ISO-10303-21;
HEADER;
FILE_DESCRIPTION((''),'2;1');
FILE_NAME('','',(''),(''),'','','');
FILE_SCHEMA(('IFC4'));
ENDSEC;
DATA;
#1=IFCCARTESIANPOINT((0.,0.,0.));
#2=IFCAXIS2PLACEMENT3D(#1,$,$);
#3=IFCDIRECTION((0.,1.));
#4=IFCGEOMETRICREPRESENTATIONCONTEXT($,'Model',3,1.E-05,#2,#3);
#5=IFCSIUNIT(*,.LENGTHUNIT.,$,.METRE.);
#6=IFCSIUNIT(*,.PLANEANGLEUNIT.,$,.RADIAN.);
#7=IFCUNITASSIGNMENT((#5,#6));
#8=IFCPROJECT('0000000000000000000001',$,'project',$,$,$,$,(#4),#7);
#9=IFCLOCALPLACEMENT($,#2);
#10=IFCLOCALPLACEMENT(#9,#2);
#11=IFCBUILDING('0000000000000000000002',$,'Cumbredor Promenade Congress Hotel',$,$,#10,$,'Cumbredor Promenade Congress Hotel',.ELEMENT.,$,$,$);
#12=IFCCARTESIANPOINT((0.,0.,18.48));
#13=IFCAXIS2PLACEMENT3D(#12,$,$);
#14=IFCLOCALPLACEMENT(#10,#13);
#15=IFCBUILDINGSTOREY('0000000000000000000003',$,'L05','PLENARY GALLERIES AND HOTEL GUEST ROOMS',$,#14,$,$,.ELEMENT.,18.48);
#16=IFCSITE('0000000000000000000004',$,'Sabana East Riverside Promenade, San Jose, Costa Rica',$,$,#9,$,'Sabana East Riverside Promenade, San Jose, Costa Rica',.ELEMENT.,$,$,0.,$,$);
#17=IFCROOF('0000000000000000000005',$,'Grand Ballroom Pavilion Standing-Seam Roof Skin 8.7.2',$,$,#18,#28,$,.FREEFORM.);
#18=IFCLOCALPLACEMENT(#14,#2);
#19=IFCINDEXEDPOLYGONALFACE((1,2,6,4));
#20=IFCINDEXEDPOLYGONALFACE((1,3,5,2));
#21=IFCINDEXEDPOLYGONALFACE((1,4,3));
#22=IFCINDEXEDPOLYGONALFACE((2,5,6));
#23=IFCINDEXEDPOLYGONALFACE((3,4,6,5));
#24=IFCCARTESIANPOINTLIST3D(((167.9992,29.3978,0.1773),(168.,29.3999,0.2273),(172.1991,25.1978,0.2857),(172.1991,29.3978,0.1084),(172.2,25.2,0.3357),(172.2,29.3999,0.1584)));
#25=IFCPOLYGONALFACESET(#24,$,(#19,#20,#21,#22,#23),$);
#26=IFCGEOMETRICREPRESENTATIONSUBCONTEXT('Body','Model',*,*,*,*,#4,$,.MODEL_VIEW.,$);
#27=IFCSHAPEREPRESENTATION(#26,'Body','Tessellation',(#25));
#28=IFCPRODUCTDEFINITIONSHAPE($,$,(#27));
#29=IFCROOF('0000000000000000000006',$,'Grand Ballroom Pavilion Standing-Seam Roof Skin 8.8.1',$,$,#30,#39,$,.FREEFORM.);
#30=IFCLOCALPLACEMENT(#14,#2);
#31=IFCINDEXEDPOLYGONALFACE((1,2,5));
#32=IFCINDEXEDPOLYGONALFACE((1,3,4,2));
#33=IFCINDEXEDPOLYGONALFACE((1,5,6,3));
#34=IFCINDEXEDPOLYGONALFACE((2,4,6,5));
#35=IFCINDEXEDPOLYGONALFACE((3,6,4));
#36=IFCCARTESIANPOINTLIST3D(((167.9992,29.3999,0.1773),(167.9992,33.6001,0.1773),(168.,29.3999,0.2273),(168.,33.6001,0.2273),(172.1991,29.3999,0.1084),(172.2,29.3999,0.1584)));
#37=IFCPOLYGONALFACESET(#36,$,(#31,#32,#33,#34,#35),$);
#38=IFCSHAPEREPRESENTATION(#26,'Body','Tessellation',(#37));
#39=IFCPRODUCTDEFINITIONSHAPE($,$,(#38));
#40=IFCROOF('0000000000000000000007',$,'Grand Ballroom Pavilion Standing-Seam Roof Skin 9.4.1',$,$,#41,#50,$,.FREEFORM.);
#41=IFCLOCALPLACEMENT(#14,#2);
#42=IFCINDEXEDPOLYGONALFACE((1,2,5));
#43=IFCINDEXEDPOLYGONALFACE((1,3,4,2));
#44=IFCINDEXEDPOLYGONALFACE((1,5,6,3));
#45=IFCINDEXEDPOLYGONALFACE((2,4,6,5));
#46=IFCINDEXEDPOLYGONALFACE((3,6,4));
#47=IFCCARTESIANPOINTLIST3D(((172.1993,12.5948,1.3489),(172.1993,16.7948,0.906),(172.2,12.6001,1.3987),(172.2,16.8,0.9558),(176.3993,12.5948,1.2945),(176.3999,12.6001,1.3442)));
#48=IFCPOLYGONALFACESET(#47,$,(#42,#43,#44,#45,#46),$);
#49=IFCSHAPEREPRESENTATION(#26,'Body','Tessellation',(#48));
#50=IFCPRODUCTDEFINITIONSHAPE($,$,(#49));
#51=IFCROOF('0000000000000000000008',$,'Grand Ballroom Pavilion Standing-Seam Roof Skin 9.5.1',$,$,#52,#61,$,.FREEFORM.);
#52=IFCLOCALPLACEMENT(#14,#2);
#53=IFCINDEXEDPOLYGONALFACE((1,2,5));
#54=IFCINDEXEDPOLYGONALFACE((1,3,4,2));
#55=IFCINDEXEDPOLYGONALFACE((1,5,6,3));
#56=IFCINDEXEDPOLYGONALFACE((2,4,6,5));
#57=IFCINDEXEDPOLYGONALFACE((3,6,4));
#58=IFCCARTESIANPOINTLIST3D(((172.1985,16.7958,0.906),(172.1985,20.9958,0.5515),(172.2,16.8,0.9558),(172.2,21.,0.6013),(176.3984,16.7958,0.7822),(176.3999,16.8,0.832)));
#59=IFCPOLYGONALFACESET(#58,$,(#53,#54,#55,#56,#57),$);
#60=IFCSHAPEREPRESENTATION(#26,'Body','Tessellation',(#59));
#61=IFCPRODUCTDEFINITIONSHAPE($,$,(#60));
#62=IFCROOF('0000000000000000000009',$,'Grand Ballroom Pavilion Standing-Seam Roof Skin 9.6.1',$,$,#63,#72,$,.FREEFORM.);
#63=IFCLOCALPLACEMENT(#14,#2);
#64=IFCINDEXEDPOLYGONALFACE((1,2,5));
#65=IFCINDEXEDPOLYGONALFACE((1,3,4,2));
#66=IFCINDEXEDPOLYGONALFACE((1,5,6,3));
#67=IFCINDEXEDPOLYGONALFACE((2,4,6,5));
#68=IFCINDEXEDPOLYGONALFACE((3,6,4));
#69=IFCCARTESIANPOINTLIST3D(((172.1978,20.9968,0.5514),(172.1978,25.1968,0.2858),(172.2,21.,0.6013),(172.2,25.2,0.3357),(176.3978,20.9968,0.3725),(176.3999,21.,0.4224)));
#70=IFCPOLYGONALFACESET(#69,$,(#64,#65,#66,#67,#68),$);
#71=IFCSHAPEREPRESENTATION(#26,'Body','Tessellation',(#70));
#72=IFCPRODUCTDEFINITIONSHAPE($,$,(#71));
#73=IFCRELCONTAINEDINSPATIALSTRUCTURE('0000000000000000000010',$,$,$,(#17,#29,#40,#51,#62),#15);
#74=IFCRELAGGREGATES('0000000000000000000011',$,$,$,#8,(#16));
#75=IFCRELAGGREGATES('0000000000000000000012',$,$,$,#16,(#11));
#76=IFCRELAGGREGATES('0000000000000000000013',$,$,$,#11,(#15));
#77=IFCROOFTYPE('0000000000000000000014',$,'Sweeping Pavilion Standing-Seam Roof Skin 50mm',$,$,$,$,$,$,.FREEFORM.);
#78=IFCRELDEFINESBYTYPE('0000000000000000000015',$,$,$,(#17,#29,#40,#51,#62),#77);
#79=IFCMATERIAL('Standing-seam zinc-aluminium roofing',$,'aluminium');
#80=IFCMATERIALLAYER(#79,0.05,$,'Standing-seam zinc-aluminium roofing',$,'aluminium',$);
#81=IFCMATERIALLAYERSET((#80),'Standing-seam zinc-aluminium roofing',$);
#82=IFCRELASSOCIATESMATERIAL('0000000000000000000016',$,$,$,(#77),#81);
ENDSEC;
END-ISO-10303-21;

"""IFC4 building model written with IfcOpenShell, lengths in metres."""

from ifc_helpers import new_model, si_unit, direction, frame, origin, place, context, subcontext, project, spatial, polyline, outline, extrude, material, layer, layer_set, type_object, element, save


model = new_model("IFC4")

# Units and contexts
model_context = context("Model", 3, precision=1e-05, world=origin(), true_north=direction((0.0, 1.0)))
body_context = subcontext(model_context, "Body", "Model", "MODEL_VIEW")
ifc_project = project(units=[si_unit("LENGTHUNIT", "METRE"), si_unit("PLANEANGLEUNIT", "RADIAN")], contexts=[model_context])

# Site, building, storey
site_placement = place(None, origin())
site = spatial("IfcSite", under=ifc_project, at=site_placement, Name="Sabana East Riverside Promenade, San Jose, Costa Rica", LongName="Sabana East Riverside Promenade, San Jose, Costa Rica", CompositionType="ELEMENT", RefElevation=0.0)
building_placement = place(site_placement, origin())
building = spatial("IfcBuilding", under=site, at=building_placement, Name="Cumbredor Promenade Congress Hotel", LongName="Cumbredor Promenade Congress Hotel", CompositionType="ELEMENT")
storey_placement = place(building_placement, frame((0.0, 0.0, 18.48)))
storey = spatial("IfcBuildingStorey", under=building, at=storey_placement, Name="L05", Description="PLENARY GALLERIES AND HOTEL GUEST ROOMS", CompositionType="ELEMENT", Elevation=18.48)

# Roofs
ifc_material_1 = material(Name="Standing-seam zinc-aluminium roofing", Category="aluminium")
ifc_layer_1 = layer(ifc_material_1, 0.05, Name="Standing-seam zinc-aluminium roofing", Category="aluminium")
ifc_layer_set_1 = layer_set([ifc_layer_1], Name="Standing-seam zinc-aluminium roofing")
roof_type = type_object("IfcRoofType", Name="Sweeping Pavilion Standing-Seam Roof Skin 50mm", PredefinedType="FREEFORM", material=ifc_layer_set_1)
roof_1_placement = place(storey_placement, frame((172.2, 25.2, 0.3357), z_axis=(0.016376, 0.042159, 0.998977), x_axis=(0.0, 0.999111, -0.042164)))
element("IfcRoof", 1, at=roof_1_placement, inside=storey, type_object=roof_type, Name="Grand Ballroom Pavilion Standing-Seam Roof Skin 8.7.2", PredefinedType="FREEFORM", context=body_context, shape_type="SweptSolid", body=[
    extrude(outline(polyline([(0.0, 0.0), (4.2037, 0.0), (4.2008, 4.2005), (0.0, 0.0)])), origin(), (0.0, 0.0, -1.0), 0.05),
])
roof_2_placement = place(storey_placement, frame((168.0, 29.3999, 0.2273), z_axis=(0.01639, 0.0, 0.999866), x_axis=(0.999866, 0.0, -0.01639)))
element("IfcRoof", 2, at=roof_2_placement, inside=storey, type_object=roof_type, Name="Grand Ballroom Pavilion Standing-Seam Roof Skin 8.8.1", PredefinedType="FREEFORM", context=body_context, shape_type="SweptSolid", body=[
    extrude(outline(polyline([(0.0, 0.0), (4.2005, 0.0), (0.0, 4.2002), (0.0, 0.0)])), origin(), (0.0, 0.0, -1.0), 0.05),
])
roof_3_placement = place(storey_placement, frame((172.2, 12.6001, 1.3987), z_axis=(0.01289, 0.104857, 0.994404), x_axis=(0.999916, 0.0, -0.012962)))
element("IfcRoof", 3, at=roof_3_placement, inside=storey, type_object=roof_type, Name="Grand Ballroom Pavilion Standing-Seam Roof Skin 9.4.1", PredefinedType="FREEFORM", context=body_context, shape_type="SweptSolid", body=[
    extrude(outline(polyline([(0.0, 0.0), (4.2003, 0.0), (0.0057, 4.2232), (0.0, 0.0)])), origin(), (0.0, 0.0, -1.0), 0.05),
])
roof_4_placement = place(storey_placement, frame((172.2, 16.8, 0.9558), z_axis=(0.029355, 0.084069, 0.996028), x_axis=(0.999566, 0.0, -0.029459)))
element("IfcRoof", 4, at=roof_4_placement, inside=storey, type_object=roof_type, Name="Grand Ballroom Pavilion Standing-Seam Roof Skin 9.5.1", PredefinedType="FREEFORM", context=body_context, shape_type="SweptSolid", body=[
    extrude(outline(polyline([(0.0, 0.0), (4.2018, 0.0), (0.0104, 4.2149), (0.0, 0.0)])), origin(), (0.0, 0.0, -1.0), 0.05),
])
roof_5_placement = place(storey_placement, frame((172.2, 21.0, 0.6013), z_axis=(0.042485, 0.063062, 0.997105), x_axis=(0.999093, 0.0, -0.04257)))
element("IfcRoof", 5, at=roof_5_placement, inside=storey, type_object=roof_type, Name="Grand Ballroom Pavilion Standing-Seam Roof Skin 9.6.1", PredefinedType="FREEFORM", context=body_context, shape_type="SweptSolid", body=[
    extrude(outline(polyline([(0.0, 0.0), (4.2038, 0.0), (0.0113, 4.2083), (0.0, 0.0)])), origin(), (0.0, 0.0, -1.0), 0.05),
])

save(model, "model.ifc")
